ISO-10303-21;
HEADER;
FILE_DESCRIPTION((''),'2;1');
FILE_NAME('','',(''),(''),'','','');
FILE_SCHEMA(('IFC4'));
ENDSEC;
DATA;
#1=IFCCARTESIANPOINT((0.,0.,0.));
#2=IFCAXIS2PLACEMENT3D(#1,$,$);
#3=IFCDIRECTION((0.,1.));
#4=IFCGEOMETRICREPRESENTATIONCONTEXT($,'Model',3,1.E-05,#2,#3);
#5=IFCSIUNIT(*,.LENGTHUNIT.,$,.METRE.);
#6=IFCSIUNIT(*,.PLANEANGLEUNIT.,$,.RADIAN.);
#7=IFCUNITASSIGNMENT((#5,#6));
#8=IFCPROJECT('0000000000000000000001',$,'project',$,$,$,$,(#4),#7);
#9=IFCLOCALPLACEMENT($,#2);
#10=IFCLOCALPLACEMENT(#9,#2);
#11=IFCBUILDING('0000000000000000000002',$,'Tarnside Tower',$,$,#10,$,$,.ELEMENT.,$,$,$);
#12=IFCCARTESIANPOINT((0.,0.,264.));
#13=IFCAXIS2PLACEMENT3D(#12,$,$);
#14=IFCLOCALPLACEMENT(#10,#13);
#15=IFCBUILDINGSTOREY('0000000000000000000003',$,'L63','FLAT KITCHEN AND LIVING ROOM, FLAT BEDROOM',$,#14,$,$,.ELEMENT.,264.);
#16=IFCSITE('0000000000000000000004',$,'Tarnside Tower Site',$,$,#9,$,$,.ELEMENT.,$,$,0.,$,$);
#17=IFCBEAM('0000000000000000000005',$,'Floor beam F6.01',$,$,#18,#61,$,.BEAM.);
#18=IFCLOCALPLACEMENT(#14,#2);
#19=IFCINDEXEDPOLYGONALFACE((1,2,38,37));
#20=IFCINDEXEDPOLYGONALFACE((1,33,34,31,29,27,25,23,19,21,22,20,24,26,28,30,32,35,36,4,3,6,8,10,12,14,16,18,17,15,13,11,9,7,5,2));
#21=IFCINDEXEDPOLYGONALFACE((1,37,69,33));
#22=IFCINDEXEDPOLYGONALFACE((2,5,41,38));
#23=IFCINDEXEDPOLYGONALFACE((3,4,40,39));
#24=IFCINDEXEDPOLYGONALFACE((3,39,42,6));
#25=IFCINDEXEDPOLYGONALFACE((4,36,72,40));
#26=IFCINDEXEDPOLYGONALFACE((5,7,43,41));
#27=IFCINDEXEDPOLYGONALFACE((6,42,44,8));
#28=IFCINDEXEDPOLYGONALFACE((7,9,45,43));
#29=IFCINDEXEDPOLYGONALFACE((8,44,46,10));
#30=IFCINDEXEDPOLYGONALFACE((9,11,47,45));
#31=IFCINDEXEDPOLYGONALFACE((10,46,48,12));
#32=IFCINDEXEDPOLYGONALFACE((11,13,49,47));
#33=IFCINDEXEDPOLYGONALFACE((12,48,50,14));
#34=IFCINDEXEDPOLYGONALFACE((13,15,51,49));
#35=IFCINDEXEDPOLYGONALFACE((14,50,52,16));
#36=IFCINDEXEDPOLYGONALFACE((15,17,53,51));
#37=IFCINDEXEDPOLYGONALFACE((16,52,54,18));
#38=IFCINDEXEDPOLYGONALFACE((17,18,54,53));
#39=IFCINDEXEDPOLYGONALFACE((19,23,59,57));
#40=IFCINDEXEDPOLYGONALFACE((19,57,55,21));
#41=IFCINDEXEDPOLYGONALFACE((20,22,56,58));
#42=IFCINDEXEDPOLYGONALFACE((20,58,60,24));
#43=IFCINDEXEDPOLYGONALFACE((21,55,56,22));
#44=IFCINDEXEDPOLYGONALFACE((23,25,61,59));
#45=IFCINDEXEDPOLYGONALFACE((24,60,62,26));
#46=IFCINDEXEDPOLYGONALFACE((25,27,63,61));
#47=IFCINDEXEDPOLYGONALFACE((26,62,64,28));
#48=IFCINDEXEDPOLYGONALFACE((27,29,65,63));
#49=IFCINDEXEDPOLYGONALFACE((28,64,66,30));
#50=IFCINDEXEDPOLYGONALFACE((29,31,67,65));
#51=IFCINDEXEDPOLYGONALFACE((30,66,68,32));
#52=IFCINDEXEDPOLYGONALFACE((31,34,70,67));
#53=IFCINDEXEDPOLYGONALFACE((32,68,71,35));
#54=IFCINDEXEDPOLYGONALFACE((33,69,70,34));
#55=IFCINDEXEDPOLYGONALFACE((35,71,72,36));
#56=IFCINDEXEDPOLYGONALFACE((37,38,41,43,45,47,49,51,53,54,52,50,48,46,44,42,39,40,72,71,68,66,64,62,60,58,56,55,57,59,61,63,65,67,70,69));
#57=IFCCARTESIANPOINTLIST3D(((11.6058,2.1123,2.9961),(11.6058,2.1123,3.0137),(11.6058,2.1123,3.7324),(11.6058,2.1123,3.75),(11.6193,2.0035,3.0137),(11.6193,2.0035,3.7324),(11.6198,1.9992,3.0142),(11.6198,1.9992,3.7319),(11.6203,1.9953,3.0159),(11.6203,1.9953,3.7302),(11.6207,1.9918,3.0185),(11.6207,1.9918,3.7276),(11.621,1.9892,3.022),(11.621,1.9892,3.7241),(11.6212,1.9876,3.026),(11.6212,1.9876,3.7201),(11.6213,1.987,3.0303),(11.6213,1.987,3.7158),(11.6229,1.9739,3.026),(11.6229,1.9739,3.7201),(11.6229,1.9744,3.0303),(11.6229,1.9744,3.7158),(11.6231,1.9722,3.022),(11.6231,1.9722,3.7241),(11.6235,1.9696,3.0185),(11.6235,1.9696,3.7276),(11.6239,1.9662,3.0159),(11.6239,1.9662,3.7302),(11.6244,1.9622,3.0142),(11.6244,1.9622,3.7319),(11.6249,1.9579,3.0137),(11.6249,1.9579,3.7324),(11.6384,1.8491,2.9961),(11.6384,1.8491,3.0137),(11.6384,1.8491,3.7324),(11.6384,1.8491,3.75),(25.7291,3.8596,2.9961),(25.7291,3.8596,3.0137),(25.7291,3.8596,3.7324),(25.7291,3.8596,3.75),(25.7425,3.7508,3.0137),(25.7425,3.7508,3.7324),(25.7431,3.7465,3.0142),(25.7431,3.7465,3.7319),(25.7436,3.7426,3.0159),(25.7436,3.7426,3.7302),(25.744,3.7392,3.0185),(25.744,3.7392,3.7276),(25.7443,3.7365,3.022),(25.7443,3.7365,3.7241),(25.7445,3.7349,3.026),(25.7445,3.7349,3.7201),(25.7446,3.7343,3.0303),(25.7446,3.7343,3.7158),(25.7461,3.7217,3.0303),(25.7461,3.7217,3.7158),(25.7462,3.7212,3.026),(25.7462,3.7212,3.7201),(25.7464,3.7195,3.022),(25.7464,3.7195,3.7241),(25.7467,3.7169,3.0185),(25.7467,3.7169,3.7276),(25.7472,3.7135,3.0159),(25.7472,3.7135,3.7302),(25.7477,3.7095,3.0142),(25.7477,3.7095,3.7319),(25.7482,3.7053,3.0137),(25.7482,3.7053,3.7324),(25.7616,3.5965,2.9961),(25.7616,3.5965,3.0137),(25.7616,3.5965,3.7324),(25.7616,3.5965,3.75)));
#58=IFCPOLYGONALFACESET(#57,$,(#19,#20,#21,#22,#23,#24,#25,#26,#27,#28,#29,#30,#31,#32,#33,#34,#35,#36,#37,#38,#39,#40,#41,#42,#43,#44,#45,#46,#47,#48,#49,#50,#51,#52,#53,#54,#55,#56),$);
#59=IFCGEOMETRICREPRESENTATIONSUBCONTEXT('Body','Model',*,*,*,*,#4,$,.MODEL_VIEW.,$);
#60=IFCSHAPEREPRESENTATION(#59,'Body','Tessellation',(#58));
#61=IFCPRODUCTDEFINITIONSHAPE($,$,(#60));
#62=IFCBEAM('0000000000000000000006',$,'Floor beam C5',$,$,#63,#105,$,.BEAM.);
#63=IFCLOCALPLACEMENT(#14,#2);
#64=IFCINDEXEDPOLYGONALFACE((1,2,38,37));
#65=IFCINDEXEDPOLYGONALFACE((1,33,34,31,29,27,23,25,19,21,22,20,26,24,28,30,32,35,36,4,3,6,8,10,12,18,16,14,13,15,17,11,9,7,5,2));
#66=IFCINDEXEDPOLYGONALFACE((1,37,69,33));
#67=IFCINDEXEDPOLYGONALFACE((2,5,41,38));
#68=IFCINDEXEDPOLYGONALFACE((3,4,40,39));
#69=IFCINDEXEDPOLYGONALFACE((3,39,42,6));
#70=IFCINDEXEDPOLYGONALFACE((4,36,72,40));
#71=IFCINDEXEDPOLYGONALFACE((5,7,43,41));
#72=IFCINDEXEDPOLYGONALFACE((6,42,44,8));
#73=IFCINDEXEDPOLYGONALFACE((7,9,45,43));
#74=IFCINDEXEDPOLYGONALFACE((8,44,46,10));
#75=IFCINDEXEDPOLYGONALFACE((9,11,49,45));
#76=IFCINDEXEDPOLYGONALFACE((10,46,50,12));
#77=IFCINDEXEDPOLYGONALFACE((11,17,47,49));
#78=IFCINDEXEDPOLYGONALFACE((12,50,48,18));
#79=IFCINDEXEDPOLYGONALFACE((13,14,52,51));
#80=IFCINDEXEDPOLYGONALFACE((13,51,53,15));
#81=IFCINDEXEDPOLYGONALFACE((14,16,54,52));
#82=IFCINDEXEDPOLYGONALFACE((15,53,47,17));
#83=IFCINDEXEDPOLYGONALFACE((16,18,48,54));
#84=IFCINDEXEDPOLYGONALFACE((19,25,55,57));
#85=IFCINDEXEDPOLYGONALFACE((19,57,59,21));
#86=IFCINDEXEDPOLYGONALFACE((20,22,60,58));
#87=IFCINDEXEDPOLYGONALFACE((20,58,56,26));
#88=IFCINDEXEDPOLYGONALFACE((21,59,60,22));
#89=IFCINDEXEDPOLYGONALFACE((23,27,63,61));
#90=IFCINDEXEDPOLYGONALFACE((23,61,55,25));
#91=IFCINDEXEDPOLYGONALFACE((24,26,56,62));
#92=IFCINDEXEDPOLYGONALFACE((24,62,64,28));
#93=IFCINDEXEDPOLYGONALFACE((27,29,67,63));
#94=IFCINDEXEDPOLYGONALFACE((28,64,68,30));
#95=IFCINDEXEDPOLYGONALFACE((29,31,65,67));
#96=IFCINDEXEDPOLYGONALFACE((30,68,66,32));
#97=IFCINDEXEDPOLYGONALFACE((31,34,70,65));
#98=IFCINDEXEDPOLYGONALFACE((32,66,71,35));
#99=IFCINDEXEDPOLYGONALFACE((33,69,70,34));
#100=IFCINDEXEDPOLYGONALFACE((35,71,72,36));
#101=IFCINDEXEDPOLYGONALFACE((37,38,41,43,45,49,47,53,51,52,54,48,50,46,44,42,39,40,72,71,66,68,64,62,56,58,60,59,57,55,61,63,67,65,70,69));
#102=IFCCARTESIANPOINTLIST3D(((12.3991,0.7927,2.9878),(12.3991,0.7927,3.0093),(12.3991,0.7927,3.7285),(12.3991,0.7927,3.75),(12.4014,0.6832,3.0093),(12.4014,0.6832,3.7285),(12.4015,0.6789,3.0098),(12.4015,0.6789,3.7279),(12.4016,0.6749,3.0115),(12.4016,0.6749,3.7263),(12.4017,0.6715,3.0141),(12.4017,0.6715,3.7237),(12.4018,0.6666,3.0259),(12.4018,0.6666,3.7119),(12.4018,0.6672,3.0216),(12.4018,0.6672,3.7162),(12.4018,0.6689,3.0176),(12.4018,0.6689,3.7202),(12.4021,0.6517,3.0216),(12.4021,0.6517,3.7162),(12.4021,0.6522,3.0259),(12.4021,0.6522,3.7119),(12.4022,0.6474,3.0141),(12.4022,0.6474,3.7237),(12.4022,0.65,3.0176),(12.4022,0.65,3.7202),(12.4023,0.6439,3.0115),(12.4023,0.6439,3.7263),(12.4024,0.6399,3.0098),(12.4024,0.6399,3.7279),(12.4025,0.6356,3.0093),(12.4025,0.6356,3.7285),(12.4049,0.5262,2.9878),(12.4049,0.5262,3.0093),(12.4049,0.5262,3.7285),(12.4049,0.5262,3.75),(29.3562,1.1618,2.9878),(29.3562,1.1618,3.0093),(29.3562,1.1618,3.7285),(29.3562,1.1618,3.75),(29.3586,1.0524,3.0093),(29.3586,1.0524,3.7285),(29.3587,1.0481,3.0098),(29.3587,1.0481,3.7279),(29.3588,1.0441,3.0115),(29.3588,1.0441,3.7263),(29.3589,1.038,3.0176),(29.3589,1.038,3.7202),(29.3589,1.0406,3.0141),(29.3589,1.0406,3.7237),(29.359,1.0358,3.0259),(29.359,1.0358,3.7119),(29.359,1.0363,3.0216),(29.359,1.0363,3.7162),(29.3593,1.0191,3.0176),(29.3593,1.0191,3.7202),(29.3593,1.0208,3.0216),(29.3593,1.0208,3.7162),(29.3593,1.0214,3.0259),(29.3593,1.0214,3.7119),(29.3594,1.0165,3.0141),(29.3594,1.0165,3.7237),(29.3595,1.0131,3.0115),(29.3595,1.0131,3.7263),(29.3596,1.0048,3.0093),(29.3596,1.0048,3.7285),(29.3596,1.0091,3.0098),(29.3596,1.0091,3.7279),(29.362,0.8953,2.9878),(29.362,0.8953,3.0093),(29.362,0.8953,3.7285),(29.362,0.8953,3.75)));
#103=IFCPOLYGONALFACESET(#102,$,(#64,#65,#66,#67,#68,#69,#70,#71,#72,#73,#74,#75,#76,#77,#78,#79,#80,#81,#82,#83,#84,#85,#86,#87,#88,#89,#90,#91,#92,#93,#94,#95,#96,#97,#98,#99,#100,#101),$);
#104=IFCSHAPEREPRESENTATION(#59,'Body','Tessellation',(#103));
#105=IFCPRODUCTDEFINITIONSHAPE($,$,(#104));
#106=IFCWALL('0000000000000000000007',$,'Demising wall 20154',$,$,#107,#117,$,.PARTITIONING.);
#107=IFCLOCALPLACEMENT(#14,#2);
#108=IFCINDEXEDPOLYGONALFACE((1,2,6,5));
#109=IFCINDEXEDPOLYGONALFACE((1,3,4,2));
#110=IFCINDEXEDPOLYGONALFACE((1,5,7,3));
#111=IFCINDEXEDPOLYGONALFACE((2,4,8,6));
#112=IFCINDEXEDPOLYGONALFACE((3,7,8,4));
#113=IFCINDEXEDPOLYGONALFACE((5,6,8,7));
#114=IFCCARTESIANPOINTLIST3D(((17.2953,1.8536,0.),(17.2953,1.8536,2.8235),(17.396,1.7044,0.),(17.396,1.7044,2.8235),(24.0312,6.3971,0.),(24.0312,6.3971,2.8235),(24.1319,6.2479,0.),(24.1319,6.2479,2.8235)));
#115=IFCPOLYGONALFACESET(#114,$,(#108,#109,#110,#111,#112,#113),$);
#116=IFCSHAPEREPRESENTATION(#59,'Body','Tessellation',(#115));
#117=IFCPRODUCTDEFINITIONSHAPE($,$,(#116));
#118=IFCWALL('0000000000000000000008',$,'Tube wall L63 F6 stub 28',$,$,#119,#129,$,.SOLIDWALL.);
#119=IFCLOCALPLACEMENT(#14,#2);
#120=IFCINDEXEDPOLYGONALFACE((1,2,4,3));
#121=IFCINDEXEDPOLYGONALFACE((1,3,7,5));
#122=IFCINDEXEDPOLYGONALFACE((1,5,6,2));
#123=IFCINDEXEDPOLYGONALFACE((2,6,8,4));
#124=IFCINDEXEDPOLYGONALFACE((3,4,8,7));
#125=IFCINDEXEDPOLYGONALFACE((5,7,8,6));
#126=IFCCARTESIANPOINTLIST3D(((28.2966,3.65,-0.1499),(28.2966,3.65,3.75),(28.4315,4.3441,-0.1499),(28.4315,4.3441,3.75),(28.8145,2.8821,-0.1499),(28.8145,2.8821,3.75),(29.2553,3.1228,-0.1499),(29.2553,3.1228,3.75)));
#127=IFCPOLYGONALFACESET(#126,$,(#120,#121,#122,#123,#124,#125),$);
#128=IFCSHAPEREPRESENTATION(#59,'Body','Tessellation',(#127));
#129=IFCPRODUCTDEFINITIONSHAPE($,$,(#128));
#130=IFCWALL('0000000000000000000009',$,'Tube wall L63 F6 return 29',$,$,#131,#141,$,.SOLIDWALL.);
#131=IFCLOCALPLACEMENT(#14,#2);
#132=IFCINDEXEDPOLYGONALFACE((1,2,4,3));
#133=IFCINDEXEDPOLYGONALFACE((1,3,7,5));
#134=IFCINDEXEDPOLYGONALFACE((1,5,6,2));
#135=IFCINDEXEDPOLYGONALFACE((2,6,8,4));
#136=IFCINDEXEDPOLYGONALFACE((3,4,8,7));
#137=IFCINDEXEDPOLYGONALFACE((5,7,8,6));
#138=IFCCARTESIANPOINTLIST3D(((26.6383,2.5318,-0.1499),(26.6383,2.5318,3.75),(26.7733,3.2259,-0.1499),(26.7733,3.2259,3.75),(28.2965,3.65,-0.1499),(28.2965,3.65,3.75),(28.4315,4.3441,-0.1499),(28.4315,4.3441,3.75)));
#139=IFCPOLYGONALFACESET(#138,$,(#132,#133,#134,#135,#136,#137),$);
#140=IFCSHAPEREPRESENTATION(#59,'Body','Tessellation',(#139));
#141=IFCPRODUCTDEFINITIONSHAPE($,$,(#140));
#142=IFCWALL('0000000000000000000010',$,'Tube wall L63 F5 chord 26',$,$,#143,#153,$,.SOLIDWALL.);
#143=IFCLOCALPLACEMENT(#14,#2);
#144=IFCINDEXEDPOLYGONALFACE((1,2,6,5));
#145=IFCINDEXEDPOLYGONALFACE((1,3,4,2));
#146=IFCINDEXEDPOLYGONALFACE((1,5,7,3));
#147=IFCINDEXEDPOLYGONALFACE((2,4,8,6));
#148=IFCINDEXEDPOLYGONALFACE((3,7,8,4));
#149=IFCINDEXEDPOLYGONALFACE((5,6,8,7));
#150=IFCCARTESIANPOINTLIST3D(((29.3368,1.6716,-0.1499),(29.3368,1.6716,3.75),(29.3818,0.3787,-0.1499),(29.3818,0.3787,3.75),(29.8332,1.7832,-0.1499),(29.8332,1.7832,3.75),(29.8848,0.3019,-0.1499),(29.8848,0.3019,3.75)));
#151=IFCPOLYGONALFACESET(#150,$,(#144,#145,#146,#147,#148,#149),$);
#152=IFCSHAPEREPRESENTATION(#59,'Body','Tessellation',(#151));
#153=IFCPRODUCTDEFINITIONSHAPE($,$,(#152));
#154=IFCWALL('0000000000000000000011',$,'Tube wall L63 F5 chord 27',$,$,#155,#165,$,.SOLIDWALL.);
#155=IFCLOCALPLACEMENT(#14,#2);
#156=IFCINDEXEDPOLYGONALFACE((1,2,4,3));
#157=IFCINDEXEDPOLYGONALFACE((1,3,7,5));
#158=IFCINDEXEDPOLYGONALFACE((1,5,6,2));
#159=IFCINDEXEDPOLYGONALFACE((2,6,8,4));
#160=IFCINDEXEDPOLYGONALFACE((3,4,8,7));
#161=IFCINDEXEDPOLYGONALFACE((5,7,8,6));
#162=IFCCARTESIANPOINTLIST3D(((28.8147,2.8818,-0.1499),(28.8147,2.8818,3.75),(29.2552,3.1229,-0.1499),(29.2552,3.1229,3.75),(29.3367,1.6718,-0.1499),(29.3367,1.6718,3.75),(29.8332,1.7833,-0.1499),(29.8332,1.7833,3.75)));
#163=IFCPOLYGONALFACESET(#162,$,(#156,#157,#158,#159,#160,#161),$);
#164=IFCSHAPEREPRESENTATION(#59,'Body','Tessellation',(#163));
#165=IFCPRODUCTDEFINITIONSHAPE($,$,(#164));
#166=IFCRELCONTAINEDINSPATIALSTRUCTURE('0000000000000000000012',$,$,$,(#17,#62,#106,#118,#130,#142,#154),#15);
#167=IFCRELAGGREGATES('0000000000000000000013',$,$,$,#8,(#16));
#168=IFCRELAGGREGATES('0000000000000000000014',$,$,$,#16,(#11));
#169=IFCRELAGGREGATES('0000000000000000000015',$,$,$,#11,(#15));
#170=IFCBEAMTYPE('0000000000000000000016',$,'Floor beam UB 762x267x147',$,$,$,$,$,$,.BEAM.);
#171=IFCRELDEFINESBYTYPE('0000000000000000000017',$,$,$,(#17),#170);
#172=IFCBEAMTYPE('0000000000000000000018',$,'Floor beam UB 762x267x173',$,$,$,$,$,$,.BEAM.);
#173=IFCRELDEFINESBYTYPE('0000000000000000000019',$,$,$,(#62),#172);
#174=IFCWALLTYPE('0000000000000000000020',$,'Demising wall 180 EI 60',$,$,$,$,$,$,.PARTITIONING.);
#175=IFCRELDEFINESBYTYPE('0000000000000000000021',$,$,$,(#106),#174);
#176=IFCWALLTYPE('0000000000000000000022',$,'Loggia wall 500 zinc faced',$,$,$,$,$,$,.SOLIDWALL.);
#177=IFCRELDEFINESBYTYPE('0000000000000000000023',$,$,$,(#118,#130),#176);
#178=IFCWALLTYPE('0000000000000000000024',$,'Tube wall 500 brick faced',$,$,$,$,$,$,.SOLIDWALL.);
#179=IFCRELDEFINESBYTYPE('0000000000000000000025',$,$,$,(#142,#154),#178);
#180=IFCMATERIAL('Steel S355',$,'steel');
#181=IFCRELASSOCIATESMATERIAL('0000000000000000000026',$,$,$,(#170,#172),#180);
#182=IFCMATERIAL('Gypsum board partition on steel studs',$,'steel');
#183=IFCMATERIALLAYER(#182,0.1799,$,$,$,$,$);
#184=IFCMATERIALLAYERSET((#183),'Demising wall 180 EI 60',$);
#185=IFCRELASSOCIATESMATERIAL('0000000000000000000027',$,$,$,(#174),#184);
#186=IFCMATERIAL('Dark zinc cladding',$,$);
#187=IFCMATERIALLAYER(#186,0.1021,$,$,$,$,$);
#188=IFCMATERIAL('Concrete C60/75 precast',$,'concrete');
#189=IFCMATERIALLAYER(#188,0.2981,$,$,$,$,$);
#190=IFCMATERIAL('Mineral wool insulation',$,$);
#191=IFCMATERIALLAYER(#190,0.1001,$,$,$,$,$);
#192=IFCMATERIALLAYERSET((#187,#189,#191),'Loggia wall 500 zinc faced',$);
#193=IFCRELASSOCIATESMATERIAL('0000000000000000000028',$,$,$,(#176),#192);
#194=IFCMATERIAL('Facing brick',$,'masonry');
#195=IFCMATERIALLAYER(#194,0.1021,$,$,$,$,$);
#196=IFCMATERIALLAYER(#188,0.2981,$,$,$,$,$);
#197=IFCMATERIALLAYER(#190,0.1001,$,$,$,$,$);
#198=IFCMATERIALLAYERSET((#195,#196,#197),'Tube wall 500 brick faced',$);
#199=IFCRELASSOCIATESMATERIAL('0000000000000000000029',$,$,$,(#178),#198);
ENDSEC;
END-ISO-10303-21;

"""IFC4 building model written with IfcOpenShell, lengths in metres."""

from ifc_helpers import new_model, si_unit, direction, frame, frame_2d, origin, origin_2d, place, context, subcontext, project, spatial, polyline, rectangle, i_section, outline, extrude, material, layer, layer_set, material_profile, profile_set, type_object, element, save


model = new_model("IFC4")

# Units and contexts
model_context = context("Model", 3, precision=1e-05, world=origin(), true_north=direction((0.0, 1.0)))
body_context = subcontext(model_context, "Body", "Model", "MODEL_VIEW")
ifc_project = project(units=[si_unit("LENGTHUNIT", "METRE"), si_unit("PLANEANGLEUNIT", "RADIAN")], contexts=[model_context])

# Site, building, storey
site_placement = place(None, origin())
site = spatial("IfcSite", under=ifc_project, at=site_placement, Name="Tarnside Tower Site", CompositionType="ELEMENT", RefElevation=0.0)
building_placement = place(site_placement, origin())
building = spatial("IfcBuilding", under=site, at=building_placement, Name="Tarnside Tower", CompositionType="ELEMENT")
storey_placement = place(building_placement, frame((0.0, 0.0, 264.0)))
storey = spatial("IfcBuildingStorey", under=building, at=storey_placement, Name="L63", Description="FLAT KITCHEN AND LIVING ROOM, FLAT BEDROOM", CompositionType="ELEMENT", Elevation=264.0)

# Beams
ifc_material_1 = material(Name="Steel S355", Category="steel")
ifc_material_profile_1 = material_profile(ifc_material_1, i_section(OverallWidth=0.2651, OverallDepth=0.7539, WebThickness=0.0127, FlangeThickness=0.0176, FilletRadius=0.0166, at=origin_2d()), Name="UB 762x267x147")
ifc_profile_set_1 = profile_set([ifc_material_profile_1], Name="Steel S355")
beam_type_1 = type_object("IfcBeamType", Name="Floor beam UB 762x267x147", PredefinedType="BEAM", material=ifc_profile_set_1)
beam_1_placement = place(storey_placement, frame((25.7454, 3.728, 3.373), z_axis=(-0.992434, -0.122783, 0.0), x_axis=(0.122783, -0.992434, 0.0)))
element("IfcBeam", 1, at=beam_1_placement, inside=storey, type_object=beam_type_1, Name="Floor beam F6.01", PredefinedType="BEAM", context=body_context, shape_type="SweptSolid", body=[
    extrude(i_section(OverallWidth=0.2651, OverallDepth=0.7539, WebThickness=0.0127, FlangeThickness=0.0176, FilletRadius=0.0166, at=origin_2d()), origin(), (0.0, 0.0, 1.0), 14.231),
])
ifc_material_profile_2 = material_profile(ifc_material_1, i_section(OverallWidth=0.2666, OverallDepth=0.7622, WebThickness=0.0144, FlangeThickness=0.0215, FilletRadius=0.0166, at=origin_2d()), Name="UB 762x267x173")
ifc_profile_set_2 = profile_set([ifc_material_profile_2], Name="Steel S355")
beam_type_2 = type_object("IfcBeamType", Name="Floor beam UB 762x267x173", PredefinedType="BEAM", material=ifc_profile_set_2)
beam_2_placement = place(storey_placement, frame((29.3591, 1.0286, 3.3689), z_axis=(-0.999763, -0.021764, 0.0), x_axis=(0.021764, -0.999763, 0.0)))
element("IfcBeam", 2, at=beam_2_placement, inside=storey, type_object=beam_type_2, Name="Floor beam C5", PredefinedType="BEAM", context=body_context, shape_type="SweptSolid", body=[
    extrude(i_section(OverallWidth=0.2666, OverallDepth=0.7622, WebThickness=0.0144, FlangeThickness=0.0215, FilletRadius=0.0166, at=origin_2d()), origin(), (0.0, 0.0, 1.0), 16.9612),
])

# Walls
ifc_material_2 = material(Name="Gypsum board partition on steel studs", Category="steel")
ifc_layer_1 = layer(ifc_material_2, 0.1799)
ifc_layer_set_1 = layer_set([ifc_layer_1], Name="Demising wall 180 EI 60")
wall_type_1 = type_object("IfcWallType", Name="Demising wall 180 EI 60", PredefinedType="PARTITIONING", material=ifc_layer_set_1)
wall_1_placement = place(storey_placement, frame((24.0815, 6.3225, 0.0), z_axis=(0.0, 0.0, 1.0), x_axis=(-0.829033, -0.559199, 0.0)))
element("IfcWall", 3, at=wall_1_placement, inside=storey, type_object=wall_type_1, Name="Demising wall 20154", PredefinedType="PARTITIONING", context=body_context, shape_type="SweptSolid", body=[
    extrude(rectangle(XDim=8.125, YDim=0.1799, at=frame_2d((4.0625, 0.0))), origin(), (0.0, 0.0, 1.0), 2.8235),
])
ifc_material_3 = material(Name="Dark zinc cladding")
ifc_layer_2 = layer(ifc_material_3, 0.1021)
ifc_material_4 = material(Name="Concrete C60/75 precast", Category="concrete")
ifc_layer_3 = layer(ifc_material_4, 0.2981)
ifc_material_5 = material(Name="Mineral wool insulation")
ifc_layer_4 = layer(ifc_material_5, 0.1001)
ifc_layer_set_2 = layer_set([ifc_layer_2, ifc_layer_3, ifc_layer_4], Name="Loggia wall 500 zinc faced")
wall_type_2 = type_object("IfcWallType", Name="Loggia wall 500 zinc faced", PredefinedType="SOLIDWALL", material=ifc_layer_set_2)
wall_2_placement = place(storey_placement, frame((29.0349, 3.0024, -0.1499), z_axis=(0.0, 0.0, 1.0), x_axis=(-0.5592, 0.829033, 0.0)))
element("IfcWall", 4, at=wall_2_placement, inside=storey, type_object=wall_type_2, Name="Tube wall L63 F6 stub 28", PredefinedType="SOLIDWALL", context=body_context, shape_type="SweptSolid", body=[
    extrude(outline(polyline([(-0.0234, -0.25), (1.4497, -0.25), (0.9497, 0.25), (0.0234, 0.25), (-0.0234, -0.25)])), origin(), (0.0, 0.0, 1.0), 3.8999),
])
wall_3_placement = place(storey_placement, frame((28.364, 3.9971, -0.1499), z_axis=(0.0, 0.0, 1.0), x_axis=(-0.829109, -0.559087, 0.0)))
element("IfcWall", 5, at=wall_3_placement, inside=storey, type_object=wall_type_2, Name="Tube wall L63 F6 return 29", PredefinedType="SOLIDWALL", context=body_context, shape_type="SweptSolid", body=[
    extrude(outline(polyline([(-0.25, -0.25), (1.75, -0.25), (2.25, 0.25), (0.25, 0.25), (-0.25, -0.25)])), origin(), (0.0, 0.0, 1.0), 3.8999),
])

# Walls
ifc_material_6 = material(Name="Facing brick", Category="masonry")
ifc_layer_5 = layer(ifc_material_6, 0.1021)
ifc_layer_6 = layer(ifc_material_4, 0.2981)
ifc_layer_7 = layer(ifc_material_5, 0.1001)
ifc_layer_set_3 = layer_set([ifc_layer_5, ifc_layer_6, ifc_layer_7], Name="Tube wall 500 brick faced")
wall_type_3 = type_object("IfcWallType", Name="Tube wall 500 brick faced", PredefinedType="SOLIDWALL", material=ifc_layer_set_3)
wall_4_placement = place(storey_placement, frame((29.6333, 0.3403, -0.1499), z_axis=(0.0, 0.0, 1.0), x_axis=(-0.034826, 0.999393, 0.0)))
element("IfcWall", 6, at=wall_4_placement, inside=storey, type_object=wall_type_3, Name="Tube wall L63 F5 chord 26", PredefinedType="SOLIDWALL", context=body_context, shape_type="SweptSolid", body=[
    extrude(outline(polyline([(-0.0471, -0.25), (1.4351, -0.25), (1.3408, 0.25), (0.0471, 0.25), (-0.0471, -0.25)])), origin(), (0.0, 0.0, 1.0), 3.8999),
])
wall_5_placement = place(storey_placement, frame((29.585, 1.7275, -0.1499), z_axis=(0.0, 0.0, 1.0), x_axis=(-0.396146, 0.918187, 0.0)))
element("IfcWall", 7, at=wall_5_placement, inside=storey, type_object=wall_type_3, Name="Tube wall L63 F5 chord 27", PredefinedType="SOLIDWALL", context=body_context, shape_type="SweptSolid", body=[
    extrude(outline(polyline([(-0.0471, -0.25), (1.4119, -0.25), (1.365, 0.25), (0.0471, 0.25), (-0.0471, -0.25)])), origin(), (0.0, 0.0, 1.0), 3.8999),
])

save(model, "model.ifc")
